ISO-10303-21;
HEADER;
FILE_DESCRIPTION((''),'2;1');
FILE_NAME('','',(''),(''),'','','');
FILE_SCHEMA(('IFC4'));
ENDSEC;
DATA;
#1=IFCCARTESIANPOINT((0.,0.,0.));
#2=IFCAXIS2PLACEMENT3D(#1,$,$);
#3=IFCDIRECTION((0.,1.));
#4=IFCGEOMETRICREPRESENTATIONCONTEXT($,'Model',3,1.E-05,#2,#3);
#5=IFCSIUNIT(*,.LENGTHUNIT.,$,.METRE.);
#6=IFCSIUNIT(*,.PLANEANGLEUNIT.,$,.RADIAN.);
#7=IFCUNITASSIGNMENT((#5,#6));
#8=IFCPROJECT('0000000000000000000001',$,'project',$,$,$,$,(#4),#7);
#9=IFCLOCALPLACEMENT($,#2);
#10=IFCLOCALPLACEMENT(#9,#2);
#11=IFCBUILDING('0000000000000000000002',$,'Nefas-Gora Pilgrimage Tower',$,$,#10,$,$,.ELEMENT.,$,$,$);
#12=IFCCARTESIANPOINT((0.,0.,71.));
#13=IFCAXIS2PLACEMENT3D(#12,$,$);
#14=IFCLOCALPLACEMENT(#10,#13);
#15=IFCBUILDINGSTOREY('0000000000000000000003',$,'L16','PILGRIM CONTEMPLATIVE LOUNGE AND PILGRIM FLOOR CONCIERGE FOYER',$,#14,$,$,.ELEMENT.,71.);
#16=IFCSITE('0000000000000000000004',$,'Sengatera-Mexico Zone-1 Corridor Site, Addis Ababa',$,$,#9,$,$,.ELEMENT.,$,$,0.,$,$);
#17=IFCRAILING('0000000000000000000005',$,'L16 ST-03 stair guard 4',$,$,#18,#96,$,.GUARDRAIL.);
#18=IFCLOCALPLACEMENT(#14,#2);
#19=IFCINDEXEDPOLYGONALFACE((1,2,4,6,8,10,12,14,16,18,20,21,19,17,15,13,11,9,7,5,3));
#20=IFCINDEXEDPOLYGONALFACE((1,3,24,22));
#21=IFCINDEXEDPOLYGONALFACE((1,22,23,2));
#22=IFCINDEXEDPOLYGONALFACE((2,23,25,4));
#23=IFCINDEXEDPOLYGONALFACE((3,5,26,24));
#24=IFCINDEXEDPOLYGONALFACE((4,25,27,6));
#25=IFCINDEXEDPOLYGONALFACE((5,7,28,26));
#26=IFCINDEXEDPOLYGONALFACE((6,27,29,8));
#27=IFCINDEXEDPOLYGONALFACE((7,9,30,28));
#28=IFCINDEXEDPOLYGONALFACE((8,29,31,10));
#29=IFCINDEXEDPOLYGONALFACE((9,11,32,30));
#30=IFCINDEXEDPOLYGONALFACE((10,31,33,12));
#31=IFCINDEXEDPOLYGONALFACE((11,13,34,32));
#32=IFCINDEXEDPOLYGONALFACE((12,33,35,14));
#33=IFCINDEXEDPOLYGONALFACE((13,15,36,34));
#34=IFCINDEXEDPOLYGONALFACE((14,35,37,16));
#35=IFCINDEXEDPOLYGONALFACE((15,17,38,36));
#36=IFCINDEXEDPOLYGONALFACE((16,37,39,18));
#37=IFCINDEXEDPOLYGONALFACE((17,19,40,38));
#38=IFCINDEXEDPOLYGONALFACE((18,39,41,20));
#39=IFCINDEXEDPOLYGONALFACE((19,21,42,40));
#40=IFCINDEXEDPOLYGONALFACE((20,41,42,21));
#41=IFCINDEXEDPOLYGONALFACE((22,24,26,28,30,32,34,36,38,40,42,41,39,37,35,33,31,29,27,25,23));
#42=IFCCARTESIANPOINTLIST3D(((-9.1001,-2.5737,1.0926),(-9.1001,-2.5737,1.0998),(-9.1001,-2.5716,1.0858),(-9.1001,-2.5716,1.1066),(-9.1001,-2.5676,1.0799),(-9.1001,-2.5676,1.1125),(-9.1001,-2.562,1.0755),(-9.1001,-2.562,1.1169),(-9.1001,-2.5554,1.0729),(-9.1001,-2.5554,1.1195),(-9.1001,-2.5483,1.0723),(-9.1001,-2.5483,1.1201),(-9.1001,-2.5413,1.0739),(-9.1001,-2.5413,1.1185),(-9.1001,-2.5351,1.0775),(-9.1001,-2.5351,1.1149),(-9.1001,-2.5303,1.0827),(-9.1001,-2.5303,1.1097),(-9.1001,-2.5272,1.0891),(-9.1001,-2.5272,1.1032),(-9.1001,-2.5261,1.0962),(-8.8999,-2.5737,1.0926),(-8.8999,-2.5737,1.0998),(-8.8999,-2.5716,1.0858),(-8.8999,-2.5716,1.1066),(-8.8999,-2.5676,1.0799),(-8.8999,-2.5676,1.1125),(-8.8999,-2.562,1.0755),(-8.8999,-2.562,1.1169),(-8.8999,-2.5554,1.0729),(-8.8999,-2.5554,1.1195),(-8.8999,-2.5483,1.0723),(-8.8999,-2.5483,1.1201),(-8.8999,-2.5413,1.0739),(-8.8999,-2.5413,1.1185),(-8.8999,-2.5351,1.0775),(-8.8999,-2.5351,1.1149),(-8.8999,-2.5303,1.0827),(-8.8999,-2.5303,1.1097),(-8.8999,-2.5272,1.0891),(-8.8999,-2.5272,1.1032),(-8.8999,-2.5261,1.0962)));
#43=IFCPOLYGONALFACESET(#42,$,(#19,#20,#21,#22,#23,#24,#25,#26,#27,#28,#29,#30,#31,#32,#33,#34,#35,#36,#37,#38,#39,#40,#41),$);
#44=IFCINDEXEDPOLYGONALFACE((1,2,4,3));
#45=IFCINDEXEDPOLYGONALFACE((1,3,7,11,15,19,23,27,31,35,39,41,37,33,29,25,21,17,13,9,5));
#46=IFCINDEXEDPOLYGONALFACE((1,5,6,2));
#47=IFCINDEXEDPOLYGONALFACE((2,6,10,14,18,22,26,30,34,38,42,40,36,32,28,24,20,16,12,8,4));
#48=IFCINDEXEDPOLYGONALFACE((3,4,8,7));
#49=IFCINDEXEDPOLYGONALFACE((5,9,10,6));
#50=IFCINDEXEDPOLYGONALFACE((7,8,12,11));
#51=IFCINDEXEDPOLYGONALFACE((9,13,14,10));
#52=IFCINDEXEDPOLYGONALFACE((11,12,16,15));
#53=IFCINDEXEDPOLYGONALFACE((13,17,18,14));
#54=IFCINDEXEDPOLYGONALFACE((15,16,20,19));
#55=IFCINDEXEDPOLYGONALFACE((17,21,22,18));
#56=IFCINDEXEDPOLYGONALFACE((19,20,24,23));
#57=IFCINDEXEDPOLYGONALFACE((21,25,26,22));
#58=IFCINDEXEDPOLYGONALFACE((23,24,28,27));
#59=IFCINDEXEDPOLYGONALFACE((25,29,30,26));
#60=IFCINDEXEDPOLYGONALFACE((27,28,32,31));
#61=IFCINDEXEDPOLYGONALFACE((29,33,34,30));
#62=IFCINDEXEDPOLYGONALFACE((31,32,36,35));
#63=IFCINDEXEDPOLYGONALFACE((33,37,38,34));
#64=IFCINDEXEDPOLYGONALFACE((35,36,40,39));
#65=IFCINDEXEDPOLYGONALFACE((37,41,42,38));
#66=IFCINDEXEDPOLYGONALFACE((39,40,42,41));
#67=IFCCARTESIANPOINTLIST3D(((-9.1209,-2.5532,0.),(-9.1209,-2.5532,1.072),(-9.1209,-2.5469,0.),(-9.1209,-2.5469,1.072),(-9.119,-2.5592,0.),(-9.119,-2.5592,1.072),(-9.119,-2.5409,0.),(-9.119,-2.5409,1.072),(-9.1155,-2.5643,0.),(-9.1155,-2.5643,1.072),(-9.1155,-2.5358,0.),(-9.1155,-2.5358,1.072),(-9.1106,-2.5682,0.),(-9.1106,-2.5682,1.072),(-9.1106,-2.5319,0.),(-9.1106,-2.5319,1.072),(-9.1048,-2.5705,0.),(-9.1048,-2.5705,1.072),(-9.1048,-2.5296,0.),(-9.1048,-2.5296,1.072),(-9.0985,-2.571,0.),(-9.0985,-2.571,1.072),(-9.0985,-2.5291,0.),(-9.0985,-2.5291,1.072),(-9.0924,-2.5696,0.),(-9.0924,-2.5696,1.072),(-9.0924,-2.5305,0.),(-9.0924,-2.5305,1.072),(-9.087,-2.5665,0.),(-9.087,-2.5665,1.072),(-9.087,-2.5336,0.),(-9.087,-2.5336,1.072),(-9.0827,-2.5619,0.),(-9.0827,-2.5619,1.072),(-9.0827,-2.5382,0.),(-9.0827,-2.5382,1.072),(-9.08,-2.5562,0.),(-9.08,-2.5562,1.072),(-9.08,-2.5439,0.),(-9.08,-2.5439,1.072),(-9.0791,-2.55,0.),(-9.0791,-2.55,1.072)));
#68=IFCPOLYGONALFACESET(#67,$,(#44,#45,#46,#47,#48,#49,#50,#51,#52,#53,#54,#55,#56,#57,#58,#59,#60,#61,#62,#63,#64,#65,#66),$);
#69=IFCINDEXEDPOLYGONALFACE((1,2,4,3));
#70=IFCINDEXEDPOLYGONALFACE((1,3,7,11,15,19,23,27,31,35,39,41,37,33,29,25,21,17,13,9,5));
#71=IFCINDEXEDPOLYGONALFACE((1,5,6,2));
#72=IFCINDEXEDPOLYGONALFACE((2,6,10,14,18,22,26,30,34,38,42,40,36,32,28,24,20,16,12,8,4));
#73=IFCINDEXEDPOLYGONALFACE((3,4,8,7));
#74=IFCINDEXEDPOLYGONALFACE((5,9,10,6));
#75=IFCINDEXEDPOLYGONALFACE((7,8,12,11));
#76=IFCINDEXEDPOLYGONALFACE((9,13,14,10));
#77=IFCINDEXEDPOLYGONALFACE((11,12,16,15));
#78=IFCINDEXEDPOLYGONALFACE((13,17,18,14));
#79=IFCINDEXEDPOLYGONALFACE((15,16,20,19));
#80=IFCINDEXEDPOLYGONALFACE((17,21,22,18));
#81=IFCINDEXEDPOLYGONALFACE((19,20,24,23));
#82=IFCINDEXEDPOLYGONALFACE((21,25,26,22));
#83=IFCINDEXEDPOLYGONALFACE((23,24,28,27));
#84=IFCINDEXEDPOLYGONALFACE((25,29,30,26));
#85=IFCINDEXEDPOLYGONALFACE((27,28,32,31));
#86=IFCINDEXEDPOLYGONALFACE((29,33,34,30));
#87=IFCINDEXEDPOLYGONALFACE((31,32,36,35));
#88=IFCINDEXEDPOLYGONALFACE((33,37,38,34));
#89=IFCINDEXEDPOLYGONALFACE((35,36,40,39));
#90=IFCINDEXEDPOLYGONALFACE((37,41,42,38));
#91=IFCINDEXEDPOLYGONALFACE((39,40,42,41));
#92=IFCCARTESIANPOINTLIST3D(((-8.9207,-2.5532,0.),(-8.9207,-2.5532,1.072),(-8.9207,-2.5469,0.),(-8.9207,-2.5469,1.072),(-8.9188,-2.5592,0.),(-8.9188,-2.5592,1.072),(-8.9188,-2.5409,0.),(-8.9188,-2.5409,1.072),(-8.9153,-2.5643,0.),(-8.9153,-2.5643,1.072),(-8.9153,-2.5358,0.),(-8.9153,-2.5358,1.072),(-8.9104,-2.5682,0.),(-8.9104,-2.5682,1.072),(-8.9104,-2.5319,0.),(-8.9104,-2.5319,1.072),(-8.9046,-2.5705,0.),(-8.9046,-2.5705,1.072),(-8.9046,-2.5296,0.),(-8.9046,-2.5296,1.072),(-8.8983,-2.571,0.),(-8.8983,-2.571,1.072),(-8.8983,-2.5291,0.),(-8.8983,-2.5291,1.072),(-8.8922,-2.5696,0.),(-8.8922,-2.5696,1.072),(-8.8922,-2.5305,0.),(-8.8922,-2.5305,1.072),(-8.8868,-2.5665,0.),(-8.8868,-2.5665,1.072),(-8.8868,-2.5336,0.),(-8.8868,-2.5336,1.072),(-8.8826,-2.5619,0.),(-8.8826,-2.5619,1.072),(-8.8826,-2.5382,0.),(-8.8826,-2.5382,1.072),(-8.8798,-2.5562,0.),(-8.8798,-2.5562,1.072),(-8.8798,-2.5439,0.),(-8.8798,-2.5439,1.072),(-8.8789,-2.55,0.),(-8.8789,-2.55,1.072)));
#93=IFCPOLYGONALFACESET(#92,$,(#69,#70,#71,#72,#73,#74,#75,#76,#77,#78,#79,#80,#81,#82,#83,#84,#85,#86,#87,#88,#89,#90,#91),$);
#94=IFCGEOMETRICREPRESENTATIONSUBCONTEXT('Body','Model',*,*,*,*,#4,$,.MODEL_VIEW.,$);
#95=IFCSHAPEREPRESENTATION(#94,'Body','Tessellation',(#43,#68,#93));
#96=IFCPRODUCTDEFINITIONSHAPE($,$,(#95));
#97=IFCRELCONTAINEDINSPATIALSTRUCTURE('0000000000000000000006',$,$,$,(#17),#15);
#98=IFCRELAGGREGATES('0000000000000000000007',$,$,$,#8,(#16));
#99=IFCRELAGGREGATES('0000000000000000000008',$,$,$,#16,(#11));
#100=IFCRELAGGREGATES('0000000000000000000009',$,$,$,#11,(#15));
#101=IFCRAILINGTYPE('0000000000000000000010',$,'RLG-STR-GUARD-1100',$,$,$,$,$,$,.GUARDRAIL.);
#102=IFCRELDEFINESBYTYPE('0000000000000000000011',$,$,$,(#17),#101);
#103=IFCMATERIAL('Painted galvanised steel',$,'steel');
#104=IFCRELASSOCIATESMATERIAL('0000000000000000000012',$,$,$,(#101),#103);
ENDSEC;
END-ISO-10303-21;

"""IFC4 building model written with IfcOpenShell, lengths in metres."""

from ifc_helpers import new_model, si_unit, direction, frame, origin, origin_2d, place, context, subcontext, project, spatial, circle, extrude, material, type_object, element, save


model = new_model("IFC4")

# Units and contexts
model_context = context("Model", 3, precision=1e-05, world=origin(), true_north=direction((0.0, 1.0)))
body_context = subcontext(model_context, "Body", "Model", "MODEL_VIEW")
ifc_project = project(units=[si_unit("LENGTHUNIT", "METRE"), si_unit("PLANEANGLEUNIT", "RADIAN")], contexts=[model_context])

# Site, building, storey
site_placement = place(None, origin())
site = spatial("IfcSite", under=ifc_project, at=site_placement, Name="Sengatera-Mexico Zone-1 Corridor Site, Addis Ababa", CompositionType="ELEMENT", RefElevation=0.0)
building_placement = place(site_placement, origin())
building = spatial("IfcBuilding", under=site, at=building_placement, Name="Nefas-Gora Pilgrimage Tower", CompositionType="ELEMENT")
storey_placement = place(building_placement, frame((0.0, 0.0, 71.0)))
storey = spatial("IfcBuildingStorey", under=building, at=storey_placement, Name="L16", Description="PILGRIM CONTEMPLATIVE LOUNGE AND PILGRIM FLOOR CONCIERGE FOYER", CompositionType="ELEMENT", Elevation=71.0)

# Railing
ifc_material_1 = material(Name="Painted galvanised steel", Category="steel")
railing_type_1 = type_object("IfcRailingType", Name="RLG-STR-GUARD-1100", PredefinedType="GUARDRAIL", material=ifc_material_1)
railing_1_placement = place(storey_placement, frame((-9.1001, -2.55, 0.0)))
element("IfcRailing", 1, at=railing_1_placement, inside=storey, type_object=railing_type_1, Name="L16 ST-03 stair guard 4", PredefinedType="GUARDRAIL", context=body_context, shape_type="SweptSolid", body=[
    extrude(circle(Radius=0.0239, at=origin_2d()), frame((0.0, 0.0, 1.0962), z_axis=(1.0, 0.0, 0.0), x_axis=(0.0, 1.0, 0.0)), (0.0, 0.0, 1.0), 0.2002),
    extrude(circle(Radius=0.021, at=origin_2d()), origin(), (0.0, 0.0, 1.0), 1.072),
    extrude(circle(Radius=0.021, at=origin_2d()), frame((0.2002, 0.0, 0.0)), (0.0, 0.0, 1.0), 1.072),
])

save(model, "model.ifc")
